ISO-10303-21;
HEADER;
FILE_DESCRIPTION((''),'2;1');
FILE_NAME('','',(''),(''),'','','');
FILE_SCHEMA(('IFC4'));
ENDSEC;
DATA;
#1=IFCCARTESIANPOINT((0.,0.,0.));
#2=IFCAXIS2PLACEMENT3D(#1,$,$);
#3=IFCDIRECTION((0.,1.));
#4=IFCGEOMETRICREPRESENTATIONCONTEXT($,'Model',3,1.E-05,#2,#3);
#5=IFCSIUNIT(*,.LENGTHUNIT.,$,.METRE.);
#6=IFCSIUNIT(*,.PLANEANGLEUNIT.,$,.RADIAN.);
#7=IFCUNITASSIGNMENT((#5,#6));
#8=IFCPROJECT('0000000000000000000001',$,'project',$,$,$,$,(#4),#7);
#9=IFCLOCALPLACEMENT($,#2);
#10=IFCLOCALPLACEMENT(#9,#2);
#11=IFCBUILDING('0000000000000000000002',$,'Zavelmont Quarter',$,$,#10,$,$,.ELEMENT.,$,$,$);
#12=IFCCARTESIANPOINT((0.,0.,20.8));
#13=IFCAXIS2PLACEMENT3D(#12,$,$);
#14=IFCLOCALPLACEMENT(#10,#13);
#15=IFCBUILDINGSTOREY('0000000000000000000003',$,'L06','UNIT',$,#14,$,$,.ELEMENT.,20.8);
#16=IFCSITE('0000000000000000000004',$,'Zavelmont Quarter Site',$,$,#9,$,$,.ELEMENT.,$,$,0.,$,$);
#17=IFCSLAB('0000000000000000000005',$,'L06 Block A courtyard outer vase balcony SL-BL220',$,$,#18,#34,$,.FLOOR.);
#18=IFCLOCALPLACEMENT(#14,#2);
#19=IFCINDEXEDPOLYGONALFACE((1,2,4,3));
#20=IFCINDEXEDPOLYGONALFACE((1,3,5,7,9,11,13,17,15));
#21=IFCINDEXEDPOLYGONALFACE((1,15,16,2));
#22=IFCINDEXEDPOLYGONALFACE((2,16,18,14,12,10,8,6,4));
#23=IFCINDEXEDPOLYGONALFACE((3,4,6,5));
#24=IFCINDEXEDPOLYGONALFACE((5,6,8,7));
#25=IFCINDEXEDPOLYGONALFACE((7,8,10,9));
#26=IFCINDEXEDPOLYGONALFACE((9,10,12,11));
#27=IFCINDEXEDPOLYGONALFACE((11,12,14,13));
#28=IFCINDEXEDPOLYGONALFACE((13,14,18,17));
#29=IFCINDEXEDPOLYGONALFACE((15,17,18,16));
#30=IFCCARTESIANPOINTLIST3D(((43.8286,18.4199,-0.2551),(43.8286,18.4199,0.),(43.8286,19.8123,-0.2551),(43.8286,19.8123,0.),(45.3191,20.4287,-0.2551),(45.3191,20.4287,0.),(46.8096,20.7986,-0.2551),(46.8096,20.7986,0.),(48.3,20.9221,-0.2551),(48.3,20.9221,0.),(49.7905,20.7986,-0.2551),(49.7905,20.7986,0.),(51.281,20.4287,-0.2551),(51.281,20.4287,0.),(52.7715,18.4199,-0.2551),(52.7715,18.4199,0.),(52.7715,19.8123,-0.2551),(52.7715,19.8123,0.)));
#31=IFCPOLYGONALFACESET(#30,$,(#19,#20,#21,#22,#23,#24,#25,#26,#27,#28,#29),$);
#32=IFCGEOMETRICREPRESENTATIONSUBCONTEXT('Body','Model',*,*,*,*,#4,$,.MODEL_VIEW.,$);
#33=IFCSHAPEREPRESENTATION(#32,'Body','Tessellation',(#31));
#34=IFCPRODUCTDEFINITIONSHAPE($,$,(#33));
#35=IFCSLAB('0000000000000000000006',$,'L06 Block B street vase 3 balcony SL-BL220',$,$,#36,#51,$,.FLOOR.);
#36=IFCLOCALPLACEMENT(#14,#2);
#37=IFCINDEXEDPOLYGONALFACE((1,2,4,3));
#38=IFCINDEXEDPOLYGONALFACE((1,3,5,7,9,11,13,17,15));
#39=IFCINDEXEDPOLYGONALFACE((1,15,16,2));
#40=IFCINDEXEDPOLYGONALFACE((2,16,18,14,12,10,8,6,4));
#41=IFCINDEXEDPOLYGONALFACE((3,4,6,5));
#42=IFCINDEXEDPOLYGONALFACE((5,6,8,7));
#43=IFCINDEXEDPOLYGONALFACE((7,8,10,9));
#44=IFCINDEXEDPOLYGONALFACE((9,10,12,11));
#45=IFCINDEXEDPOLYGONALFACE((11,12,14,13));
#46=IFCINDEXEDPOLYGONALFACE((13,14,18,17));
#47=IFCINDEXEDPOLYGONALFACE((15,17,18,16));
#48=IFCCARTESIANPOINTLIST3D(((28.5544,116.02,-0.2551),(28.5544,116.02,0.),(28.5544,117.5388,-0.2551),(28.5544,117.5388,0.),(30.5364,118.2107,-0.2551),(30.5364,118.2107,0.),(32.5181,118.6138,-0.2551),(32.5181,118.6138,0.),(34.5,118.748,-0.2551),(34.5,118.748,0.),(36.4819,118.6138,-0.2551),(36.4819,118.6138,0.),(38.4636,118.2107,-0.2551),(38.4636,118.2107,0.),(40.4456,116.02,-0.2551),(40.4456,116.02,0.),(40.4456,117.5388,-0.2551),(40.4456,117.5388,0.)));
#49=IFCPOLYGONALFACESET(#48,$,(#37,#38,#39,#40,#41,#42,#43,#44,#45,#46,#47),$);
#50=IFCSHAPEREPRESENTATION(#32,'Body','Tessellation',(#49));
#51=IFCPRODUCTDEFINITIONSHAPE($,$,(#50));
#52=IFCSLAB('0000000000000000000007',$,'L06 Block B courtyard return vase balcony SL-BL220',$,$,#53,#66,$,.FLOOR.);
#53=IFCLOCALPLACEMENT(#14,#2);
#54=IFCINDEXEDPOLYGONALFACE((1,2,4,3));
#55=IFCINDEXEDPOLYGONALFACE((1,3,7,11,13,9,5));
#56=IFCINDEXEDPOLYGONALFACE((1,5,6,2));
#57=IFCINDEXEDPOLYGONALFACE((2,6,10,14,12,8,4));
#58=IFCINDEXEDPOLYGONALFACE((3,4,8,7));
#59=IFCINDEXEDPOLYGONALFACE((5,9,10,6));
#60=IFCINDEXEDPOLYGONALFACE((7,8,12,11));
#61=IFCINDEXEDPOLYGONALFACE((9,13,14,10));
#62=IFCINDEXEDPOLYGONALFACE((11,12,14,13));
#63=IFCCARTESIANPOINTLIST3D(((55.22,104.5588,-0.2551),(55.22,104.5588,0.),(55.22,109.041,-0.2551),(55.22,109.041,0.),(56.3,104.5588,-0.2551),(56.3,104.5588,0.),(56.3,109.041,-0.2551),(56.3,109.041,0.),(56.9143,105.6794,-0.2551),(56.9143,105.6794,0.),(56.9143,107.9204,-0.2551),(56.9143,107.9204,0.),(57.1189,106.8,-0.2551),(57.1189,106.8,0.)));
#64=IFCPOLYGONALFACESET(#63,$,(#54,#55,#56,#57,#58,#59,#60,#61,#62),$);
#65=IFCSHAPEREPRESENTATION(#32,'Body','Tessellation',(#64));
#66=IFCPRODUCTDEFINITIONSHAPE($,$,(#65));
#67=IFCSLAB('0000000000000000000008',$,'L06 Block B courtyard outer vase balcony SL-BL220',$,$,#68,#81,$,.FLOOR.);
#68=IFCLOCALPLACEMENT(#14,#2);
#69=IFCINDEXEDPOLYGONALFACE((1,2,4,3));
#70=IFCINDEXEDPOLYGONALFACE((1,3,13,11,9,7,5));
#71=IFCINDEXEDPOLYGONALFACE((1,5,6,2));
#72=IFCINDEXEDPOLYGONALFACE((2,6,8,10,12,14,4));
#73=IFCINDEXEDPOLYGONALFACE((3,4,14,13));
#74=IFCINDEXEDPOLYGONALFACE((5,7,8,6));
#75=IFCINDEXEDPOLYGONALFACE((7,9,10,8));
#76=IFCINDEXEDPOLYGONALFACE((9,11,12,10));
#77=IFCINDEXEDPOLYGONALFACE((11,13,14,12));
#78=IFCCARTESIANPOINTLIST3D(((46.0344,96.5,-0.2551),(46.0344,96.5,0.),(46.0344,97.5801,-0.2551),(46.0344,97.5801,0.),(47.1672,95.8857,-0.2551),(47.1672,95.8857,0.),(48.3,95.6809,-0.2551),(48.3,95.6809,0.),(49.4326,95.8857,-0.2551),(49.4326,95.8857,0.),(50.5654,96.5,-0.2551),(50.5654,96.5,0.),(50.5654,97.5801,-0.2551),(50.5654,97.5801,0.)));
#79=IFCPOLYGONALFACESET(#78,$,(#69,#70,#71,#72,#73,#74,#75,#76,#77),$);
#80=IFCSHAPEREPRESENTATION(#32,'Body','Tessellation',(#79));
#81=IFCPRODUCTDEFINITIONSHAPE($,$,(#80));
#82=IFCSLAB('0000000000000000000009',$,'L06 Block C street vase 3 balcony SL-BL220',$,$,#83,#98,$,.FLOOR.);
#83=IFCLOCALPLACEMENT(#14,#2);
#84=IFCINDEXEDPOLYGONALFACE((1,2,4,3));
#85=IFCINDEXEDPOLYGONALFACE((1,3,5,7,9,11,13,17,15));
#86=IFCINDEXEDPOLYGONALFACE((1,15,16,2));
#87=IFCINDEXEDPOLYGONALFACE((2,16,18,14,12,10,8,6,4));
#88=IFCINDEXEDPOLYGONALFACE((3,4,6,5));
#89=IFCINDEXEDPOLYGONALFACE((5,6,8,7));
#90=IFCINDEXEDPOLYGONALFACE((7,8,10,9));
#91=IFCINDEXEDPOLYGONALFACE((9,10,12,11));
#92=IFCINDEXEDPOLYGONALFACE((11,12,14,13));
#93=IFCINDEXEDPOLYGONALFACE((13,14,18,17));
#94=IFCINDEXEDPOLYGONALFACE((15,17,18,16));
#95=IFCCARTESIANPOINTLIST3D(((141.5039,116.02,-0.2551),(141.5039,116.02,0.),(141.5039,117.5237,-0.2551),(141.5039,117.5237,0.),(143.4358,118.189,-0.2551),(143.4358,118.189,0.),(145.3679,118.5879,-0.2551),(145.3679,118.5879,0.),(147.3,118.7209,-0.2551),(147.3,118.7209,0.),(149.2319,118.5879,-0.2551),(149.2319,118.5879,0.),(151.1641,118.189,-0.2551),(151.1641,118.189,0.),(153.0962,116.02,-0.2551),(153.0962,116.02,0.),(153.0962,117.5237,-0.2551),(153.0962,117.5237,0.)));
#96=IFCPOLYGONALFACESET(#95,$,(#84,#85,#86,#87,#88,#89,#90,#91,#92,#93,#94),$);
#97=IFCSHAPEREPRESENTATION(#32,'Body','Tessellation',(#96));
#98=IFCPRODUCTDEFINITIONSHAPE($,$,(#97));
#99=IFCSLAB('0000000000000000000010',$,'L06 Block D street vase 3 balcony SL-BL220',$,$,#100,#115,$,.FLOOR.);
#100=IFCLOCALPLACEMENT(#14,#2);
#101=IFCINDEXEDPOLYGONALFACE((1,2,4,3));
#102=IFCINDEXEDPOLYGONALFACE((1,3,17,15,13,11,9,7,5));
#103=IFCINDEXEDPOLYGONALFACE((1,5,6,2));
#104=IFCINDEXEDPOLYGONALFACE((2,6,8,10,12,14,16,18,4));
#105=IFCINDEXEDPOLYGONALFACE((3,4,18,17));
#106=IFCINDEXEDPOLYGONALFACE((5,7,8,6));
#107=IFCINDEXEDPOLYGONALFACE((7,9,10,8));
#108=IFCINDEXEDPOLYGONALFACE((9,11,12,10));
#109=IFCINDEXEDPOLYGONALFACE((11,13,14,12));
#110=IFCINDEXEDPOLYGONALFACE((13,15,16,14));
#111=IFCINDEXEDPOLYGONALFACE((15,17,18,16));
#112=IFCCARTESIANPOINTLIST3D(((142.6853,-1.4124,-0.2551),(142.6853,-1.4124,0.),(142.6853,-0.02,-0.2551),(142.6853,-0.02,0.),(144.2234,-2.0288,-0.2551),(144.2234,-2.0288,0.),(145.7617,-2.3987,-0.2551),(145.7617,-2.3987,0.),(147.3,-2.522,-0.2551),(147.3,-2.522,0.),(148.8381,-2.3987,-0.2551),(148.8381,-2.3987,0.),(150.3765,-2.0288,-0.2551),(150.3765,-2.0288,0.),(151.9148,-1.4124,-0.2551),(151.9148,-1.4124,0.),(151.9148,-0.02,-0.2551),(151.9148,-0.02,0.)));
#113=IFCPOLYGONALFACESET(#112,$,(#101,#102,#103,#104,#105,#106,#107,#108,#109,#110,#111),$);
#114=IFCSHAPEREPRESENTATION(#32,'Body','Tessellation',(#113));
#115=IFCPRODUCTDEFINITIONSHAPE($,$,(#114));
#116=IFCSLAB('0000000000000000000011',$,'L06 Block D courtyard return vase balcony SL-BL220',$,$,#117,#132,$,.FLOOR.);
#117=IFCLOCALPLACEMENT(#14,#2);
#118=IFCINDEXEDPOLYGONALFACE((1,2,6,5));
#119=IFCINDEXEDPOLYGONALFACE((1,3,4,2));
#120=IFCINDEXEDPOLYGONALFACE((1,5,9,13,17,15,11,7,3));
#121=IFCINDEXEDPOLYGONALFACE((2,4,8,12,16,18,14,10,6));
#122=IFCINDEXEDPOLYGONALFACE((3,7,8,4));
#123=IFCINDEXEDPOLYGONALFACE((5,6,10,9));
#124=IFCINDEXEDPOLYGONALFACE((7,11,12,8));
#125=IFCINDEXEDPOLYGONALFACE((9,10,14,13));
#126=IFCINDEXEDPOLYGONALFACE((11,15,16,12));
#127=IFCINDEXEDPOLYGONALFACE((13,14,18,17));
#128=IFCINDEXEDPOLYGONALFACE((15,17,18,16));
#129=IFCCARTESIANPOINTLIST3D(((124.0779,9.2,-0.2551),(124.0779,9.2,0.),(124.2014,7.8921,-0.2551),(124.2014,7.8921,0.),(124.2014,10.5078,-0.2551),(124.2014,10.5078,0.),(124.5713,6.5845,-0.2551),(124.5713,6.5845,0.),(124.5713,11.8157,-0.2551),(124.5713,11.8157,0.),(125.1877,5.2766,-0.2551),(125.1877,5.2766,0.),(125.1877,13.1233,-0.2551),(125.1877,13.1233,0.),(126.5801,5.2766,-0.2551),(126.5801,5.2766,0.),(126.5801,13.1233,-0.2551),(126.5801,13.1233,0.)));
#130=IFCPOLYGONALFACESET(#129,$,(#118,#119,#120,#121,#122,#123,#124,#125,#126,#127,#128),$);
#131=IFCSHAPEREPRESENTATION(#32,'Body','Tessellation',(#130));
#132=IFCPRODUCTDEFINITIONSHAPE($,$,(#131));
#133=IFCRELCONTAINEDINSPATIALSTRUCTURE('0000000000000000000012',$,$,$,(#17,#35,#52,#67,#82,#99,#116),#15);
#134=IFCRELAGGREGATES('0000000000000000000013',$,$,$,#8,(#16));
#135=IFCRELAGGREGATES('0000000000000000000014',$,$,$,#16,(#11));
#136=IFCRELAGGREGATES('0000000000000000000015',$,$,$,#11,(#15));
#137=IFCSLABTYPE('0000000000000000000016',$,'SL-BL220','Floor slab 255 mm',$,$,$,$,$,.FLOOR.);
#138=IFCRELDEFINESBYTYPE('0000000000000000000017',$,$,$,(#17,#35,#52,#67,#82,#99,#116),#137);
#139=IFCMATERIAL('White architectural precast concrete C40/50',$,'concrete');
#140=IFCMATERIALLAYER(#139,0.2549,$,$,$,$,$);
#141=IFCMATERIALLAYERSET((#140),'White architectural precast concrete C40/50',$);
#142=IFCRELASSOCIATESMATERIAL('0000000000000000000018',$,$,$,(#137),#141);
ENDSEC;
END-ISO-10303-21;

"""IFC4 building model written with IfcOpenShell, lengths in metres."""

from ifc_helpers import new_model, si_unit, direction, frame, origin, place, context, subcontext, project, spatial, polyline, outline, extrude, material, layer, layer_set, type_object, element, save


model = new_model("IFC4")

# Units and contexts
model_context = context("Model", 3, precision=1e-05, world=origin(), true_north=direction((0.0, 1.0)))
body_context = subcontext(model_context, "Body", "Model", "MODEL_VIEW")
ifc_project = project(units=[si_unit("LENGTHUNIT", "METRE"), si_unit("PLANEANGLEUNIT", "RADIAN")], contexts=[model_context])

# Site, building, storey
site_placement = place(None, origin())
site = spatial("IfcSite", under=ifc_project, at=site_placement, Name="Zavelmont Quarter Site", CompositionType="ELEMENT", RefElevation=0.0)
building_placement = place(site_placement, origin())
building = spatial("IfcBuilding", under=site, at=building_placement, Name="Zavelmont Quarter", CompositionType="ELEMENT")
storey_placement = place(building_placement, frame((0.0, 0.0, 20.8)))
storey = spatial("IfcBuildingStorey", under=building, at=storey_placement, Name="L06", Description="UNIT", CompositionType="ELEMENT", Elevation=20.8)

# Slabs
ifc_material_1 = material(Name="White architectural precast concrete C40/50", Category="concrete")
ifc_layer_1 = layer(ifc_material_1, 0.2549)
ifc_layer_set_1 = layer_set([ifc_layer_1], Name="White architectural precast concrete C40/50")
slab_type_1 = type_object("IfcSlabType", Name="SL-BL220", Description="Floor slab 255 mm", PredefinedType="FLOOR", material=ifc_layer_set_1)
slab_1_placement = place(storey_placement, frame((0.0, 0.0, -0.2551)))
element("IfcSlab", 1, at=slab_1_placement, inside=storey, type_object=slab_type_1, Name="L06 Block A courtyard outer vase balcony SL-BL220", PredefinedType="FLOOR", context=body_context, shape_type="SweptSolid", body=[
    extrude(outline(polyline([(52.7715, 18.4199), (52.7715, 19.8123), (51.281, 20.4287), (49.7905, 20.7986), (48.3, 20.9221), (46.8096, 20.7986), (45.3191, 20.4287), (43.8286, 19.8123), (43.8286, 18.4199), (52.7715, 18.4199)])), origin(), (0.0, 0.0, 1.0), 0.2551),
])
slab_2_placement = place(storey_placement, frame((0.0, 0.0, -0.2551)))
element("IfcSlab", 2, at=slab_2_placement, inside=storey, type_object=slab_type_1, Name="L06 Block B street vase 3 balcony SL-BL220", PredefinedType="FLOOR", context=body_context, shape_type="SweptSolid", body=[
    extrude(outline(polyline([(40.4456, 116.02), (40.4456, 117.5388), (38.4636, 118.2107), (36.4819, 118.6138), (34.5, 118.748), (32.5181, 118.6138), (30.5364, 118.2107), (28.5544, 117.5388), (28.5544, 116.02), (40.4456, 116.02)])), origin(), (0.0, 0.0, 1.0), 0.2551),
])
slab_3_placement = place(storey_placement, frame((0.0, 0.0, -0.2551)))
element("IfcSlab", 3, at=slab_3_placement, inside=storey, type_object=slab_type_1, Name="L06 Block B courtyard return vase balcony SL-BL220", PredefinedType="FLOOR", context=body_context, shape_type="SweptSolid", body=[
    extrude(outline(polyline([(55.22, 104.5588), (56.3, 104.5588), (56.9143, 105.6794), (57.1189, 106.8), (56.9143, 107.9204), (56.3, 109.041), (55.22, 109.041), (55.22, 104.5588)])), origin(), (0.0, 0.0, 1.0), 0.2551),
])
slab_4_placement = place(storey_placement, frame((0.0, 0.0, -0.2551)))
element("IfcSlab", 4, at=slab_4_placement, inside=storey, type_object=slab_type_1, Name="L06 Block B courtyard outer vase balcony SL-BL220", PredefinedType="FLOOR", context=body_context, shape_type="SweptSolid", body=[
    extrude(outline(polyline([(46.0344, 97.5801), (46.0344, 96.5), (47.1672, 95.8857), (48.3, 95.6809), (49.4326, 95.8857), (50.5654, 96.5), (50.5654, 97.5801), (46.0344, 97.5801)])), origin(), (0.0, 0.0, 1.0), 0.2551),
])
slab_5_placement = place(storey_placement, frame((0.0, 0.0, -0.2551)))
element("IfcSlab", 5, at=slab_5_placement, inside=storey, type_object=slab_type_1, Name="L06 Block C street vase 3 balcony SL-BL220", PredefinedType="FLOOR", context=body_context, shape_type="SweptSolid", body=[
    extrude(outline(polyline([(153.0962, 116.02), (153.0962, 117.5237), (151.1641, 118.189), (149.2319, 118.5879), (147.3, 118.7209), (145.3679, 118.5879), (143.4358, 118.189), (141.5039, 117.5237), (141.5039, 116.02), (153.0962, 116.02)])), origin(), (0.0, 0.0, 1.0), 0.2551),
])
slab_6_placement = place(storey_placement, frame((0.0, 0.0, -0.2551)))
element("IfcSlab", 6, at=slab_6_placement, inside=storey, type_object=slab_type_1, Name="L06 Block D street vase 3 balcony SL-BL220", PredefinedType="FLOOR", context=body_context, shape_type="SweptSolid", body=[
    extrude(outline(polyline([(142.6853, -0.02), (142.6853, -1.4124), (144.2234, -2.0288), (145.7617, -2.3987), (147.3, -2.522), (148.8381, -2.3987), (150.3765, -2.0288), (151.9148, -1.4124), (151.9148, -0.02), (142.6853, -0.02)])), origin(), (0.0, 0.0, 1.0), 0.2551),
])
slab_7_placement = place(storey_placement, frame((0.0, 0.0, -0.2551)))
element("IfcSlab", 7, at=slab_7_placement, inside=storey, type_object=slab_type_1, Name="L06 Block D courtyard return vase balcony SL-BL220", PredefinedType="FLOOR", context=body_context, shape_type="SweptSolid", body=[
    extrude(outline(polyline([(126.5801, 13.1233), (125.1877, 13.1233), (124.5713, 11.8157), (124.2014, 10.5078), (124.0779, 9.2), (124.2014, 7.8921), (124.5713, 6.5845), (125.1877, 5.2766), (126.5801, 5.2766), (126.5801, 13.1233)])), origin(), (0.0, 0.0, 1.0), 0.2551),
])

save(model, "model.ifc")
